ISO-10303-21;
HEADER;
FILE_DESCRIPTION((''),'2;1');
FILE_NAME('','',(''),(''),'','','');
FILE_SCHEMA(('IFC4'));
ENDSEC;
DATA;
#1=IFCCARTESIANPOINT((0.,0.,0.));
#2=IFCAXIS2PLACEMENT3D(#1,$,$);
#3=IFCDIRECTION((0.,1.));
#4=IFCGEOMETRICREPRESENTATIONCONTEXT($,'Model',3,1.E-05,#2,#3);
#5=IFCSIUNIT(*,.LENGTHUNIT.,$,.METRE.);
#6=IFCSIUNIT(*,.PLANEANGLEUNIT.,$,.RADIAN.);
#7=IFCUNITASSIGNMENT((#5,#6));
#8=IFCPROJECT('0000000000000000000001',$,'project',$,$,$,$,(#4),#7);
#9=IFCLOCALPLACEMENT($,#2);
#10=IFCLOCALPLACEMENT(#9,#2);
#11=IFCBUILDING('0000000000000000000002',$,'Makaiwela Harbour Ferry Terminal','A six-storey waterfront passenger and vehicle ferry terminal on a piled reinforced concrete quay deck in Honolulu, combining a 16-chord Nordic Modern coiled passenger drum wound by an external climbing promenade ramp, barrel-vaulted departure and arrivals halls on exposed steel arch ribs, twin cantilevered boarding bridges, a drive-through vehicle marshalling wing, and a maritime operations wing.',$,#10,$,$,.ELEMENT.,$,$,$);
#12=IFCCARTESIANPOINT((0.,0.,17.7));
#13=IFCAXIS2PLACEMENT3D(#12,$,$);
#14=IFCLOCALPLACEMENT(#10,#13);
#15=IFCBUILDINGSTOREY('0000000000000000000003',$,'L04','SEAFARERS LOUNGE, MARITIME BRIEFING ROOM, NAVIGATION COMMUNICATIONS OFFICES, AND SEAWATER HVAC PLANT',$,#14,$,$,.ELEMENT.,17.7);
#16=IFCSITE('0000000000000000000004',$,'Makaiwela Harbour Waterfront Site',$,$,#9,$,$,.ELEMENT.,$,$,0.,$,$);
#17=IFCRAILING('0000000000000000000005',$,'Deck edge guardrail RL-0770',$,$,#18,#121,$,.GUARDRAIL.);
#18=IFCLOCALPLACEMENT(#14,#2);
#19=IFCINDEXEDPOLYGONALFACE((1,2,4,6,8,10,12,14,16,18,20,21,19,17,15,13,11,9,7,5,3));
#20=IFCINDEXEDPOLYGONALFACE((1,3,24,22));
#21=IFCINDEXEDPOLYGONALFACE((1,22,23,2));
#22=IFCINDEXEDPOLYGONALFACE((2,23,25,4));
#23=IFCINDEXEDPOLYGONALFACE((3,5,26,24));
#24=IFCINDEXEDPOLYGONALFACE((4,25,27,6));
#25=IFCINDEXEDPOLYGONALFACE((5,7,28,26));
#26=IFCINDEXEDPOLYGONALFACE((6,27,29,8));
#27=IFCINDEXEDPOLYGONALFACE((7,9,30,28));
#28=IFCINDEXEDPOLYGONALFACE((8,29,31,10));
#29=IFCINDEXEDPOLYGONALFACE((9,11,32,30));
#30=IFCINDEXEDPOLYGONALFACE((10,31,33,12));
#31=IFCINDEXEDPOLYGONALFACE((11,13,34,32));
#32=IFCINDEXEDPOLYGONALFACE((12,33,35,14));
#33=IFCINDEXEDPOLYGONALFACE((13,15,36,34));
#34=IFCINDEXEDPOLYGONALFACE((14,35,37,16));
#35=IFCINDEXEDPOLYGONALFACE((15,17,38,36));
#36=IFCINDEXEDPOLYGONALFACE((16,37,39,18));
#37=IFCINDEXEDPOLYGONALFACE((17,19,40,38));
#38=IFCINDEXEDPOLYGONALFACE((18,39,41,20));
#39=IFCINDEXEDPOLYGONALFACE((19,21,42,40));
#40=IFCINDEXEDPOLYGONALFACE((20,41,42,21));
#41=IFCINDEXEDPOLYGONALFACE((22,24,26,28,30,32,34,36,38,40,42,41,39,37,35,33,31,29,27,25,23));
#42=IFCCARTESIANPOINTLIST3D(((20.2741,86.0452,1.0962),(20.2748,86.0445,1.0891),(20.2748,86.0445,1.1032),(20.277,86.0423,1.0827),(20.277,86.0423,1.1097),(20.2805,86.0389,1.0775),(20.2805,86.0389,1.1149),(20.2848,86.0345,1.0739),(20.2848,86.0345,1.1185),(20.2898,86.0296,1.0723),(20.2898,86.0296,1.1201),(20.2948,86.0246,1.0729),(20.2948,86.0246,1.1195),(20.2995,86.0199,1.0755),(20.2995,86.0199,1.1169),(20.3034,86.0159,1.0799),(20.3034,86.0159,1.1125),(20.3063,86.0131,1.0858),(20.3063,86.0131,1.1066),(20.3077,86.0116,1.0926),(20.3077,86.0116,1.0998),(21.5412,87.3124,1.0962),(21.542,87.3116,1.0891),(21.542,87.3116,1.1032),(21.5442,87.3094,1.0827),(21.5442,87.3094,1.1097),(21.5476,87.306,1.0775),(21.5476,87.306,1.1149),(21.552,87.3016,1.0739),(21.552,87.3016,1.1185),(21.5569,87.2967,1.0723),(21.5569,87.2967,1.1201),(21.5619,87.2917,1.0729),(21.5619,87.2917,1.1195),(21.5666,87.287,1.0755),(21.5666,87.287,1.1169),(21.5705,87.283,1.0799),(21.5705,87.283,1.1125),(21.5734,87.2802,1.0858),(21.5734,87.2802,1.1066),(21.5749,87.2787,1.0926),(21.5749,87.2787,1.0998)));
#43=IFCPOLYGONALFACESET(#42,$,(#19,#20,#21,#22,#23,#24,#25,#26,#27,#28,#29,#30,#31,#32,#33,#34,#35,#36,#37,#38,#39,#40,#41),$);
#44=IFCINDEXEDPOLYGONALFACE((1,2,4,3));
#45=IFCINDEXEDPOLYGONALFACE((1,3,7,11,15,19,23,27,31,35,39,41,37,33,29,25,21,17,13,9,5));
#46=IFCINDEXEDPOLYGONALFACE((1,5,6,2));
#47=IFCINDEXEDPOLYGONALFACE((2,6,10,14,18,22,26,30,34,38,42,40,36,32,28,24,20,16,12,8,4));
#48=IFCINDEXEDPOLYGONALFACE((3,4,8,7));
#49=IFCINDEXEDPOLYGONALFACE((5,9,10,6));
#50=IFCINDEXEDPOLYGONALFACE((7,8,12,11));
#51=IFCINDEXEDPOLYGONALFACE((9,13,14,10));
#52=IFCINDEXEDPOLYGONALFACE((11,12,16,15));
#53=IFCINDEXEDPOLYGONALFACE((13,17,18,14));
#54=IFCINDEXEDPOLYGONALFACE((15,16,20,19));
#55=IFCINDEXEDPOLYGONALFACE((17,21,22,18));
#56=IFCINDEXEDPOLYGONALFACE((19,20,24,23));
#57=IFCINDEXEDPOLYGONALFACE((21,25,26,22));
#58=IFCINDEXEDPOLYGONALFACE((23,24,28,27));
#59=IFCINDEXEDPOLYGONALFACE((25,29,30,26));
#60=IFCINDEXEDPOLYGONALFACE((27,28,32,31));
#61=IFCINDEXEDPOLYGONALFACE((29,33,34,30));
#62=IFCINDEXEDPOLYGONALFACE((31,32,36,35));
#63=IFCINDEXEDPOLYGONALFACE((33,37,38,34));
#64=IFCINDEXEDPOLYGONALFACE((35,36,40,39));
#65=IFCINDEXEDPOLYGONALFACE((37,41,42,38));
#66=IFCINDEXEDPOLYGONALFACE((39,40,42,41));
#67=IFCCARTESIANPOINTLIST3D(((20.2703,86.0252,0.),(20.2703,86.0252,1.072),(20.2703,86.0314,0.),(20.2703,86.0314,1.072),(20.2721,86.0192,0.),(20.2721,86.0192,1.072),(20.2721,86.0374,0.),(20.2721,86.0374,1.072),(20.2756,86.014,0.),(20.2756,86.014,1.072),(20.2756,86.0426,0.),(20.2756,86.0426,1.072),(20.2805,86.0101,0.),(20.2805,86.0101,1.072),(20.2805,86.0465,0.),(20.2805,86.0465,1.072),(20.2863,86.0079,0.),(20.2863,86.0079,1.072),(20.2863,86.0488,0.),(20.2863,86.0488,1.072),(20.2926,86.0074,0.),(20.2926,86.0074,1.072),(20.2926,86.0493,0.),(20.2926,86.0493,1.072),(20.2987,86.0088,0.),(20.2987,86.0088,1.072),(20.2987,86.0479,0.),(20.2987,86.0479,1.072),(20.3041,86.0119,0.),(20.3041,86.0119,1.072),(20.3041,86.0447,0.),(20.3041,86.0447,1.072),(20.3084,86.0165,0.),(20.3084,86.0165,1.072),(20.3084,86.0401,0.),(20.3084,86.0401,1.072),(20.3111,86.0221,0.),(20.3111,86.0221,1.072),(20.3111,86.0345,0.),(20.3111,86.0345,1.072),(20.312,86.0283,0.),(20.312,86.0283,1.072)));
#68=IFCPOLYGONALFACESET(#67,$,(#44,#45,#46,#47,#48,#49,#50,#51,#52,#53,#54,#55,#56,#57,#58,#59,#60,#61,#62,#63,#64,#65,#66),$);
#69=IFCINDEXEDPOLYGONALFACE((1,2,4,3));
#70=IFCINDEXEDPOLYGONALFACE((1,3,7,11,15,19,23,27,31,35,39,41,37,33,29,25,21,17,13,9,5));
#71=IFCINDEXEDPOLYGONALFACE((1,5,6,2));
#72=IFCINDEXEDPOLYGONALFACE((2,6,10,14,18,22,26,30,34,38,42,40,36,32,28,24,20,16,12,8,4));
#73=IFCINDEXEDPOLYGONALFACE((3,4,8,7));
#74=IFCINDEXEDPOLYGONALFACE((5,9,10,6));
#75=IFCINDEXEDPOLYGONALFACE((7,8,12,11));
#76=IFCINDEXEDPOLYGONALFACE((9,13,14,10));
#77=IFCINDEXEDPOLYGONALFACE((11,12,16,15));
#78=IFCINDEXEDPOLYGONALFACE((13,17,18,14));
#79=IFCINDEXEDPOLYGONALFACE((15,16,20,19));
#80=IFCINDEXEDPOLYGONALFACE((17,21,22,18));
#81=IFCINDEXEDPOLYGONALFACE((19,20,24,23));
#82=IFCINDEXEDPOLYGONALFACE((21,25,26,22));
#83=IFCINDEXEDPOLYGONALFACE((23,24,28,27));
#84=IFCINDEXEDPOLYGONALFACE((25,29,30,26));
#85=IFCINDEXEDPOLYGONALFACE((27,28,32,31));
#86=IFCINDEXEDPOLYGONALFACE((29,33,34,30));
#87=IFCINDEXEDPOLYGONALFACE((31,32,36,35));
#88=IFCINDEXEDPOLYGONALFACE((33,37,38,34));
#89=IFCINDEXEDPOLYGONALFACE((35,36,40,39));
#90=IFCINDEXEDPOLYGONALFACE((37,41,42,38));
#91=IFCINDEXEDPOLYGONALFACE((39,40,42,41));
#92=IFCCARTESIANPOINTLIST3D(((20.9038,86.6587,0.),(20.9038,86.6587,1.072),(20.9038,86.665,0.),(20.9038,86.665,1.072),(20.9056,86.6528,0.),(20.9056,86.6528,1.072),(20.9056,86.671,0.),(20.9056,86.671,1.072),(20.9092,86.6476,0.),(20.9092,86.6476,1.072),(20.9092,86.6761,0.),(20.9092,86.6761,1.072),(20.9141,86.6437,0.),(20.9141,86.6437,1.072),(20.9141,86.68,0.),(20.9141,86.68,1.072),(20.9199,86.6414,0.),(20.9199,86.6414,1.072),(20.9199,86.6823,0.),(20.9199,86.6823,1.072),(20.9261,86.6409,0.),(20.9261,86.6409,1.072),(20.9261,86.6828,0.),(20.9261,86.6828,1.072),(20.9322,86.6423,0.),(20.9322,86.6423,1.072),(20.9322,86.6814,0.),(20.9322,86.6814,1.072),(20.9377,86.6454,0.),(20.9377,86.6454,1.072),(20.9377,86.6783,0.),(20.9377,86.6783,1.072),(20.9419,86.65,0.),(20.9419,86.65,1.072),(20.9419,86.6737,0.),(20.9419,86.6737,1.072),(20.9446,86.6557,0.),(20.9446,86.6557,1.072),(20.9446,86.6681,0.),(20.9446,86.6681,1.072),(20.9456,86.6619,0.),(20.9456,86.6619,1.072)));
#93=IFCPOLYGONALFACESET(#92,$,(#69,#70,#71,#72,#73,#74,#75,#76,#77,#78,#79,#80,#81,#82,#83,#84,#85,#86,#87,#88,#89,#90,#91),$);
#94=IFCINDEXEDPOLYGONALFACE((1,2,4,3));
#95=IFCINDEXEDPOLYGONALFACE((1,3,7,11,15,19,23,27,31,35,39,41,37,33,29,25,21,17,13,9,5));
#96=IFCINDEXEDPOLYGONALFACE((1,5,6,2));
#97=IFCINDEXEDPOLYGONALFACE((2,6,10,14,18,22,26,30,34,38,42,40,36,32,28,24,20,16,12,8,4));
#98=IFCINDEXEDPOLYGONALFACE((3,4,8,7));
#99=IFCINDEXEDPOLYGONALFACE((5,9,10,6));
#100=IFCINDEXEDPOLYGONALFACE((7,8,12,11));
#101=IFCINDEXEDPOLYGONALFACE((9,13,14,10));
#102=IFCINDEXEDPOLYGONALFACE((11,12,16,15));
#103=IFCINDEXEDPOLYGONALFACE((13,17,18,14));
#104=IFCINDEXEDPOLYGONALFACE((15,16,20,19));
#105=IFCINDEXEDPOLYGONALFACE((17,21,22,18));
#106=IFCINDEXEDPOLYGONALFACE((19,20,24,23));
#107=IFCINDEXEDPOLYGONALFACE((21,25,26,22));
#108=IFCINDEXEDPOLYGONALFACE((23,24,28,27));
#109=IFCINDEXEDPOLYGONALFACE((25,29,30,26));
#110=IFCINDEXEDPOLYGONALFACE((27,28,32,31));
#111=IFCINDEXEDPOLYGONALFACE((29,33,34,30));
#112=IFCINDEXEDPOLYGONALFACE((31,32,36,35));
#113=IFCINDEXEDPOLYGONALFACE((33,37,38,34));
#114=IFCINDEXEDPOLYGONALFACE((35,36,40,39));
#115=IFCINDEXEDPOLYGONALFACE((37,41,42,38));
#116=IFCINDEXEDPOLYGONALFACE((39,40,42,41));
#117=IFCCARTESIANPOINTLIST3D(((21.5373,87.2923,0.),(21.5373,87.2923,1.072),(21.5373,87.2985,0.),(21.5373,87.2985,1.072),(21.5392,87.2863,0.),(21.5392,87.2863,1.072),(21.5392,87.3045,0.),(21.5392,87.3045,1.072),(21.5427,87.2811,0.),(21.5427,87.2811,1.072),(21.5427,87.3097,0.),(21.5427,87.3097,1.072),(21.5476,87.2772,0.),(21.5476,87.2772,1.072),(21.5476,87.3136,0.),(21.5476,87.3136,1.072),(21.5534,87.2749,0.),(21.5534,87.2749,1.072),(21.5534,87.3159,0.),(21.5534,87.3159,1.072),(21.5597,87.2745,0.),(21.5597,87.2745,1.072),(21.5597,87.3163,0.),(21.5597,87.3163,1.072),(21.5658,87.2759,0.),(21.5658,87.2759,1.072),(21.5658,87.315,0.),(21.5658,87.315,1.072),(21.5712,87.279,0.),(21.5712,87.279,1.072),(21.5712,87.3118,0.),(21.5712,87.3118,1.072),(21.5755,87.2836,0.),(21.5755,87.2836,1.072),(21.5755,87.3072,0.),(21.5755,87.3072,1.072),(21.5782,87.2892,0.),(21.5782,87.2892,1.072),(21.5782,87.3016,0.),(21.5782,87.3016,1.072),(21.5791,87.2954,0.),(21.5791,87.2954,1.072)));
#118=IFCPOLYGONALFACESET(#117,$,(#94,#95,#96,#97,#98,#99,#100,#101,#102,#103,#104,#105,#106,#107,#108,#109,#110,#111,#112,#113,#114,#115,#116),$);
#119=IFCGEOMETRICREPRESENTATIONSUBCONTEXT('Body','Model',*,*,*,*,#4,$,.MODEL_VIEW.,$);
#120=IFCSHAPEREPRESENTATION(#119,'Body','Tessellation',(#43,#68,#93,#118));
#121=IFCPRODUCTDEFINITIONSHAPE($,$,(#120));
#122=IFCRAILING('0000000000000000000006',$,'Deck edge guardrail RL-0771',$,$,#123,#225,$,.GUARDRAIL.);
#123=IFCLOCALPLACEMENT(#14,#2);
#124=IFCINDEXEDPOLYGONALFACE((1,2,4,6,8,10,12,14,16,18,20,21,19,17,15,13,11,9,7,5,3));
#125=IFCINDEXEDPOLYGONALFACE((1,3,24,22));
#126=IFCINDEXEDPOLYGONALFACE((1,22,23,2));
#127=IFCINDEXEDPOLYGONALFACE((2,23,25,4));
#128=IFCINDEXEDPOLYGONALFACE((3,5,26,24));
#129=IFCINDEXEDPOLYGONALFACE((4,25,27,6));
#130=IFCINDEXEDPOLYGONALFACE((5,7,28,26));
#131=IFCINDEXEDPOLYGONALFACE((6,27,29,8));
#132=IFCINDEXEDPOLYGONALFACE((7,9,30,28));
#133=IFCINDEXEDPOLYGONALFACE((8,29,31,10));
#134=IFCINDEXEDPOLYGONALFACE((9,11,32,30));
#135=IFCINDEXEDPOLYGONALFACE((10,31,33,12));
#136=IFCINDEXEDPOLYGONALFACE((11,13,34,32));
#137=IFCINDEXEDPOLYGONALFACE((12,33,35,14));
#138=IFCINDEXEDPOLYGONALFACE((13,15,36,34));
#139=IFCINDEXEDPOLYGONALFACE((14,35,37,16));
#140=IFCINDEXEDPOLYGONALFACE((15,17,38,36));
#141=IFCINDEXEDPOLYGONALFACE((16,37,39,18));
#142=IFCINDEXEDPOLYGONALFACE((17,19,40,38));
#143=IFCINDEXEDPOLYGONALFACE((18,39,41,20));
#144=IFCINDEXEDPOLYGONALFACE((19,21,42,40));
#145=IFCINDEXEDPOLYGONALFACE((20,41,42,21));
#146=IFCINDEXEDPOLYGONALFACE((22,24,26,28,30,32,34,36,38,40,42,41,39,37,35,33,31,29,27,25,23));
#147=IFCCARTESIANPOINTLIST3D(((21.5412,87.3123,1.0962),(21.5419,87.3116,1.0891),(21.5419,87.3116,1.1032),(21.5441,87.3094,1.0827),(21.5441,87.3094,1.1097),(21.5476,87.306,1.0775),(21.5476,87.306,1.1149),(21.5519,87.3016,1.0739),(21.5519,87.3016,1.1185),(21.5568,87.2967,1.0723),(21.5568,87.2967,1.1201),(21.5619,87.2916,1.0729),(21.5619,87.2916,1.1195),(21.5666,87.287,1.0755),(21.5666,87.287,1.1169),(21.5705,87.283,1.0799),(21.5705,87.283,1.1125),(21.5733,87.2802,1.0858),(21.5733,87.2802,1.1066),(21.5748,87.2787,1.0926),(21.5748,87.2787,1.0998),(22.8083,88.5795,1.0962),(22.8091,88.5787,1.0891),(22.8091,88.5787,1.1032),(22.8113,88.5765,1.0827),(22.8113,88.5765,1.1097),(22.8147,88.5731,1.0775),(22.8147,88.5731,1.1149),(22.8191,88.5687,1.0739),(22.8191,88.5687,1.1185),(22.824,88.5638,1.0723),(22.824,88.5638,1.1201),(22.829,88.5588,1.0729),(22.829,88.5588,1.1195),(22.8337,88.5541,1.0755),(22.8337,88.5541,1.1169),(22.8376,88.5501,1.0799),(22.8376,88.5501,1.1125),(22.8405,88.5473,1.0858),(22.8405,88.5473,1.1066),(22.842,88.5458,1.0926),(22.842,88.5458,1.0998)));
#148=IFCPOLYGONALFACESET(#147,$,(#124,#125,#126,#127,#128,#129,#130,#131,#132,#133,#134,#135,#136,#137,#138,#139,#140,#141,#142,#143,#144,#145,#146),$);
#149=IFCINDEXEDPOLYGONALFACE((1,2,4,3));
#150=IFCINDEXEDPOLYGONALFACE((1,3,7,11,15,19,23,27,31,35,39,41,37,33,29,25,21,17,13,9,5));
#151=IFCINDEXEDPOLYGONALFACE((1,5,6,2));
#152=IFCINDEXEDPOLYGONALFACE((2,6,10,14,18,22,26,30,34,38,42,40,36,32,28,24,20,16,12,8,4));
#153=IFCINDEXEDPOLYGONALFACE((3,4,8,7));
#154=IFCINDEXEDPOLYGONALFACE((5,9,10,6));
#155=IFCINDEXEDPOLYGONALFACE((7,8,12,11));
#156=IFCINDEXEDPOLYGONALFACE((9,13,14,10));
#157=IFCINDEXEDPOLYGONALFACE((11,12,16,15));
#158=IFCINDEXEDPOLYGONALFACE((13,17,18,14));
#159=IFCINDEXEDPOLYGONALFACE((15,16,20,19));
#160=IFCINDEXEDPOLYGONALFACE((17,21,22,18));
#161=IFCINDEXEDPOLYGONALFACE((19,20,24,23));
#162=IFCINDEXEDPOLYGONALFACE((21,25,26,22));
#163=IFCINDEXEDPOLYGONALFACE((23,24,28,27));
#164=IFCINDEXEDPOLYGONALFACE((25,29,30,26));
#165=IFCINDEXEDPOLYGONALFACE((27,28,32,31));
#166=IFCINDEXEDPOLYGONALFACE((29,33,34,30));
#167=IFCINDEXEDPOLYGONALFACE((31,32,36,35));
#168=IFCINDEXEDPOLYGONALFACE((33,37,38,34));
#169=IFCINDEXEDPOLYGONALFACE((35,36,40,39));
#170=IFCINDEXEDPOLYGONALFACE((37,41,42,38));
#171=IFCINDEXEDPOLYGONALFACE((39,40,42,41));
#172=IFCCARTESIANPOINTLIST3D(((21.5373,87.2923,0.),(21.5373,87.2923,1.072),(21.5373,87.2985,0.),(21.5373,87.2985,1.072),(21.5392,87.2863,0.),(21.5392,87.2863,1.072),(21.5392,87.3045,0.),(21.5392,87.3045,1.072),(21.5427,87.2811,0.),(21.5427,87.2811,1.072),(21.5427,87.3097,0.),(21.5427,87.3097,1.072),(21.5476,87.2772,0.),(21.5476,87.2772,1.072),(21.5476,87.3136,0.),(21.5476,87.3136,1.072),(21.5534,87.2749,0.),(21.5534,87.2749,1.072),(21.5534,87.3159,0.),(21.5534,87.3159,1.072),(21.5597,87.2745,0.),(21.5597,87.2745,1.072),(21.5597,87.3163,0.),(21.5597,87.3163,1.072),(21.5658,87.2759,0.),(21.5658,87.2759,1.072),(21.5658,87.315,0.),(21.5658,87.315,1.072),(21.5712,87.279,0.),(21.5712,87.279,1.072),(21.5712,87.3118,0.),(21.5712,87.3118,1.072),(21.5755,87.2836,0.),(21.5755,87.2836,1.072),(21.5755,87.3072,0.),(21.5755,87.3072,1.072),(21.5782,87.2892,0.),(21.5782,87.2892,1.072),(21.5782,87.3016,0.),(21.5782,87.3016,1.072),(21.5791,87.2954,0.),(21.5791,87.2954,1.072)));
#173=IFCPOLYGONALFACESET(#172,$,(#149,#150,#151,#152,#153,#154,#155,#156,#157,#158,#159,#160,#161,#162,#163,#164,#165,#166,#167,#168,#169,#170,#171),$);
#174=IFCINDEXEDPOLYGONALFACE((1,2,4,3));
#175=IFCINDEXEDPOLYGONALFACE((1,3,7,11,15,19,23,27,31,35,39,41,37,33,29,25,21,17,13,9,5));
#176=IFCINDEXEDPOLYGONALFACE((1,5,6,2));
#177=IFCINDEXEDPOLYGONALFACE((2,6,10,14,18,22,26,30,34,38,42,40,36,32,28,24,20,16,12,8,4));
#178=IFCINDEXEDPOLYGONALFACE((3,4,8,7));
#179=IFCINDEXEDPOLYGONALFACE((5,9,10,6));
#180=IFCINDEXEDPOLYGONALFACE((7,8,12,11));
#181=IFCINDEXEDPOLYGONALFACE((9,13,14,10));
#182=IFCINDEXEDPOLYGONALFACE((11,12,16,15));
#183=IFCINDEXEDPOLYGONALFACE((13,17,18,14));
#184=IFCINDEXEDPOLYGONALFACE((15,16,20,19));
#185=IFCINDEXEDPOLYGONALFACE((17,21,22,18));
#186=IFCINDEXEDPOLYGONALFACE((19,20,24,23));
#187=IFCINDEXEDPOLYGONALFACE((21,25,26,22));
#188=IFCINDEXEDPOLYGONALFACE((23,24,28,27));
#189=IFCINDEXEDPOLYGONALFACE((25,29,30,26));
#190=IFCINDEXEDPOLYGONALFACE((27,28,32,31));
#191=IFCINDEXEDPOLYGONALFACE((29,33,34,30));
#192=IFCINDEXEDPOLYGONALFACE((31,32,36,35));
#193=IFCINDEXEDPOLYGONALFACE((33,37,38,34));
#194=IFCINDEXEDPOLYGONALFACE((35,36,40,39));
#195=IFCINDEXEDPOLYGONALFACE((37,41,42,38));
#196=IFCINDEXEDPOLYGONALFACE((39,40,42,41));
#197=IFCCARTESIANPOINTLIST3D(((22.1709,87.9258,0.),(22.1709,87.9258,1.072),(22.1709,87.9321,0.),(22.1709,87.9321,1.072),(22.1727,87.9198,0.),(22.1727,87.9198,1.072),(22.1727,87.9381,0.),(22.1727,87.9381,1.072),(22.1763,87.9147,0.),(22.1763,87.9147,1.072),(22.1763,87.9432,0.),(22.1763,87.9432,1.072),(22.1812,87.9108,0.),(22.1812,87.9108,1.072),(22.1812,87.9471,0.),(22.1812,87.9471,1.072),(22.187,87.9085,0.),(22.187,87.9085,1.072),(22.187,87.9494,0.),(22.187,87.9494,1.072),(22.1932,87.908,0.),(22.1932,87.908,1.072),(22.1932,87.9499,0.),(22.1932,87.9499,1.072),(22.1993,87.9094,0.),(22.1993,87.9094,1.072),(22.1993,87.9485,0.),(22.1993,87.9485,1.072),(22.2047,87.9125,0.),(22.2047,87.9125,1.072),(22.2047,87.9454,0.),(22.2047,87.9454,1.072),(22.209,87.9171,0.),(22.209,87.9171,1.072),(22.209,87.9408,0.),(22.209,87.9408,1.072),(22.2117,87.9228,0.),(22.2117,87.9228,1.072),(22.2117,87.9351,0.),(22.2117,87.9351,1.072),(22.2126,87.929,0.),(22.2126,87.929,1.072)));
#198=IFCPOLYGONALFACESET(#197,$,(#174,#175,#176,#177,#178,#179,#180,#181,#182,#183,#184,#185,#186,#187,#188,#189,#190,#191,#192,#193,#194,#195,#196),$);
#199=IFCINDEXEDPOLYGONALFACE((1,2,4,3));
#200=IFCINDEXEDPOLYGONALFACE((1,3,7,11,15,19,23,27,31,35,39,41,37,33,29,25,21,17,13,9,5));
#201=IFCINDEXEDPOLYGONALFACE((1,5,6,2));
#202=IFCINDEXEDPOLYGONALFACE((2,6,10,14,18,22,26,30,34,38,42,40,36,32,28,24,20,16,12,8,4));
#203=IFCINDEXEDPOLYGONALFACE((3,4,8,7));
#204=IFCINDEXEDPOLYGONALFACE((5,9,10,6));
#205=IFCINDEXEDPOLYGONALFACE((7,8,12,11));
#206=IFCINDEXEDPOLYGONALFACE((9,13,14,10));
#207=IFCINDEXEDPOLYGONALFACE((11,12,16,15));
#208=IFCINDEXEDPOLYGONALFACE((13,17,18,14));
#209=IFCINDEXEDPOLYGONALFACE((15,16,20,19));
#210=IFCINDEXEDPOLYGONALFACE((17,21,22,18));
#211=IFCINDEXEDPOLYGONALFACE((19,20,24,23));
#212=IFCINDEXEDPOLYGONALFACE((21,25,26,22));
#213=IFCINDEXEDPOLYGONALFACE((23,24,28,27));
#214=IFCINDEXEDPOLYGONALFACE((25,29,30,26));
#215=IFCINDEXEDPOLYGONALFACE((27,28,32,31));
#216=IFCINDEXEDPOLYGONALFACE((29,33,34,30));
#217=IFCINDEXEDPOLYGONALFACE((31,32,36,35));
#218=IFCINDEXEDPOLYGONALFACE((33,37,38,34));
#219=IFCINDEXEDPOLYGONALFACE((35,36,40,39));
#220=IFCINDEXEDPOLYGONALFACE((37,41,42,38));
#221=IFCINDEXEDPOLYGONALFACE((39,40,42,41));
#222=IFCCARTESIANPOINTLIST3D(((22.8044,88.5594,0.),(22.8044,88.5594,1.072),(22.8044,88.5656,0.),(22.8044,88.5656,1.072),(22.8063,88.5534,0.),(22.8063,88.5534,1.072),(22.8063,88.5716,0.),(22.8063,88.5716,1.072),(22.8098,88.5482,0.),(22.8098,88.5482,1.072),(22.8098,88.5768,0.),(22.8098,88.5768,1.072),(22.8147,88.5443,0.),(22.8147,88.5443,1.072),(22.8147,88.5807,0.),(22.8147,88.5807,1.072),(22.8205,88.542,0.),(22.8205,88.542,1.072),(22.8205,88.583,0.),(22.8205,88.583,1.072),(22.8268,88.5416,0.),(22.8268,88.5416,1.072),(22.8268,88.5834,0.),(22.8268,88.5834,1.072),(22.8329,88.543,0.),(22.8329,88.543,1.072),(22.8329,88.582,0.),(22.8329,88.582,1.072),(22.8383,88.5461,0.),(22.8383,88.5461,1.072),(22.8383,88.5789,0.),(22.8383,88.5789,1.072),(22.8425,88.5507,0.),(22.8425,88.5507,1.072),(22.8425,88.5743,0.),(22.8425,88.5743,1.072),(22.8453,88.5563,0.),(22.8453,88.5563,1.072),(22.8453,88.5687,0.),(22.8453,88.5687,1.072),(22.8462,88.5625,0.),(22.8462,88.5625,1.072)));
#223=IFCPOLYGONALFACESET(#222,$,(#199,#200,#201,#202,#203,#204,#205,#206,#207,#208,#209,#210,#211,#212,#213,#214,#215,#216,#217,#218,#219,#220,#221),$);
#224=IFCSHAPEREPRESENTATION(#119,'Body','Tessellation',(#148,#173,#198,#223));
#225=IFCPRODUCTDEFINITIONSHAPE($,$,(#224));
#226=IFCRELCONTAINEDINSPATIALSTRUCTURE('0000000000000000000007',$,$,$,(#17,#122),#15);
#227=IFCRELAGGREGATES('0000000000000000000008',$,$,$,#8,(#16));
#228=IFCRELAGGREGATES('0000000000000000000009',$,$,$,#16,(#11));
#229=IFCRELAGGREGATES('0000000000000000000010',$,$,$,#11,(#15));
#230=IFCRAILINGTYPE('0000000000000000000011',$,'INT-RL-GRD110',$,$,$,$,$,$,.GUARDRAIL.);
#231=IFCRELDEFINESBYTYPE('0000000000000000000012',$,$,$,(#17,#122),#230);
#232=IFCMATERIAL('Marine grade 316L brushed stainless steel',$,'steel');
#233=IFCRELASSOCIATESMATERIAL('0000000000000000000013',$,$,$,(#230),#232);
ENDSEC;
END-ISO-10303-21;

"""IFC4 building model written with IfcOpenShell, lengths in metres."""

from ifc_helpers import new_model, si_unit, direction, frame, origin, origin_2d, place, context, subcontext, project, spatial, circle, extrude, material, type_object, element, save


model = new_model("IFC4")

# Units and contexts
model_context = context("Model", 3, precision=1e-05, world=origin(), true_north=direction((0.0, 1.0)))
body_context = subcontext(model_context, "Body", "Model", "MODEL_VIEW")
ifc_project = project(units=[si_unit("LENGTHUNIT", "METRE"), si_unit("PLANEANGLEUNIT", "RADIAN")], contexts=[model_context])

# Site, building, storey
site_placement = place(None, origin())
site = spatial("IfcSite", under=ifc_project, at=site_placement, Name="Makaiwela Harbour Waterfront Site", CompositionType="ELEMENT", RefElevation=0.0)
building_placement = place(site_placement, origin())
building = spatial("IfcBuilding", under=site, at=building_placement, Name="Makaiwela Harbour Ferry Terminal", Description="A six-storey waterfront passenger and vehicle ferry terminal on a piled reinforced concrete quay deck in Honolulu, combining a 16-chord Nordic Modern coiled passenger drum wound by an external climbing promenade ramp, barrel-vaulted departure and arrivals halls on exposed steel arch ribs, twin cantilevered boarding bridges, a drive-through vehicle marshalling wing, and a maritime operations wing.", CompositionType="ELEMENT")
storey_placement = place(building_placement, frame((0.0, 0.0, 17.7)))
storey = spatial("IfcBuildingStorey", under=building, at=storey_placement, Name="L04", Description="SEAFARERS LOUNGE, MARITIME BRIEFING ROOM, NAVIGATION COMMUNICATIONS OFFICES, AND SEAWATER HVAC PLANT", CompositionType="ELEMENT", Elevation=17.7)

# Railings
ifc_material_1 = material(Name="Marine grade 316L brushed stainless steel", Category="steel")
railing_type = type_object("IfcRailingType", Name="INT-RL-GRD110", PredefinedType="GUARDRAIL", material=ifc_material_1)
for number, where, name in (
    (1, (20.291, 86.0283, 0.0), "Deck edge guardrail RL-0770"),
    (2, (21.5581, 87.2954, 0.0), "Deck edge guardrail RL-0771"),
):
    element("IfcRailing", number, at=place(storey_placement, frame(where)), inside=storey, type_object=railing_type, Name=name, PredefinedType="GUARDRAIL", context=body_context, shape_type="SweptSolid", body=[
        extrude(circle(Radius=0.0239, at=origin_2d()), frame((0.0, 0.0, 1.0962), z_axis=(0.707107, 0.707107, 0.0), x_axis=(-0.707107, 0.707107, 0.0)), (0.0, 0.0, 1.0), 1.792),
        extrude(circle(Radius=0.021, at=origin_2d()), origin(), (0.0, 0.0, 1.0), 1.072),
        extrude(circle(Radius=0.021, at=origin_2d()), frame((0.6335, 0.6335, 0.0)), (0.0, 0.0, 1.0), 1.072),
        extrude(circle(Radius=0.021, at=origin_2d()), frame((1.2671, 1.2671, 0.0)), (0.0, 0.0, 1.0), 1.072),
    ])

save(model, "model.ifc")
